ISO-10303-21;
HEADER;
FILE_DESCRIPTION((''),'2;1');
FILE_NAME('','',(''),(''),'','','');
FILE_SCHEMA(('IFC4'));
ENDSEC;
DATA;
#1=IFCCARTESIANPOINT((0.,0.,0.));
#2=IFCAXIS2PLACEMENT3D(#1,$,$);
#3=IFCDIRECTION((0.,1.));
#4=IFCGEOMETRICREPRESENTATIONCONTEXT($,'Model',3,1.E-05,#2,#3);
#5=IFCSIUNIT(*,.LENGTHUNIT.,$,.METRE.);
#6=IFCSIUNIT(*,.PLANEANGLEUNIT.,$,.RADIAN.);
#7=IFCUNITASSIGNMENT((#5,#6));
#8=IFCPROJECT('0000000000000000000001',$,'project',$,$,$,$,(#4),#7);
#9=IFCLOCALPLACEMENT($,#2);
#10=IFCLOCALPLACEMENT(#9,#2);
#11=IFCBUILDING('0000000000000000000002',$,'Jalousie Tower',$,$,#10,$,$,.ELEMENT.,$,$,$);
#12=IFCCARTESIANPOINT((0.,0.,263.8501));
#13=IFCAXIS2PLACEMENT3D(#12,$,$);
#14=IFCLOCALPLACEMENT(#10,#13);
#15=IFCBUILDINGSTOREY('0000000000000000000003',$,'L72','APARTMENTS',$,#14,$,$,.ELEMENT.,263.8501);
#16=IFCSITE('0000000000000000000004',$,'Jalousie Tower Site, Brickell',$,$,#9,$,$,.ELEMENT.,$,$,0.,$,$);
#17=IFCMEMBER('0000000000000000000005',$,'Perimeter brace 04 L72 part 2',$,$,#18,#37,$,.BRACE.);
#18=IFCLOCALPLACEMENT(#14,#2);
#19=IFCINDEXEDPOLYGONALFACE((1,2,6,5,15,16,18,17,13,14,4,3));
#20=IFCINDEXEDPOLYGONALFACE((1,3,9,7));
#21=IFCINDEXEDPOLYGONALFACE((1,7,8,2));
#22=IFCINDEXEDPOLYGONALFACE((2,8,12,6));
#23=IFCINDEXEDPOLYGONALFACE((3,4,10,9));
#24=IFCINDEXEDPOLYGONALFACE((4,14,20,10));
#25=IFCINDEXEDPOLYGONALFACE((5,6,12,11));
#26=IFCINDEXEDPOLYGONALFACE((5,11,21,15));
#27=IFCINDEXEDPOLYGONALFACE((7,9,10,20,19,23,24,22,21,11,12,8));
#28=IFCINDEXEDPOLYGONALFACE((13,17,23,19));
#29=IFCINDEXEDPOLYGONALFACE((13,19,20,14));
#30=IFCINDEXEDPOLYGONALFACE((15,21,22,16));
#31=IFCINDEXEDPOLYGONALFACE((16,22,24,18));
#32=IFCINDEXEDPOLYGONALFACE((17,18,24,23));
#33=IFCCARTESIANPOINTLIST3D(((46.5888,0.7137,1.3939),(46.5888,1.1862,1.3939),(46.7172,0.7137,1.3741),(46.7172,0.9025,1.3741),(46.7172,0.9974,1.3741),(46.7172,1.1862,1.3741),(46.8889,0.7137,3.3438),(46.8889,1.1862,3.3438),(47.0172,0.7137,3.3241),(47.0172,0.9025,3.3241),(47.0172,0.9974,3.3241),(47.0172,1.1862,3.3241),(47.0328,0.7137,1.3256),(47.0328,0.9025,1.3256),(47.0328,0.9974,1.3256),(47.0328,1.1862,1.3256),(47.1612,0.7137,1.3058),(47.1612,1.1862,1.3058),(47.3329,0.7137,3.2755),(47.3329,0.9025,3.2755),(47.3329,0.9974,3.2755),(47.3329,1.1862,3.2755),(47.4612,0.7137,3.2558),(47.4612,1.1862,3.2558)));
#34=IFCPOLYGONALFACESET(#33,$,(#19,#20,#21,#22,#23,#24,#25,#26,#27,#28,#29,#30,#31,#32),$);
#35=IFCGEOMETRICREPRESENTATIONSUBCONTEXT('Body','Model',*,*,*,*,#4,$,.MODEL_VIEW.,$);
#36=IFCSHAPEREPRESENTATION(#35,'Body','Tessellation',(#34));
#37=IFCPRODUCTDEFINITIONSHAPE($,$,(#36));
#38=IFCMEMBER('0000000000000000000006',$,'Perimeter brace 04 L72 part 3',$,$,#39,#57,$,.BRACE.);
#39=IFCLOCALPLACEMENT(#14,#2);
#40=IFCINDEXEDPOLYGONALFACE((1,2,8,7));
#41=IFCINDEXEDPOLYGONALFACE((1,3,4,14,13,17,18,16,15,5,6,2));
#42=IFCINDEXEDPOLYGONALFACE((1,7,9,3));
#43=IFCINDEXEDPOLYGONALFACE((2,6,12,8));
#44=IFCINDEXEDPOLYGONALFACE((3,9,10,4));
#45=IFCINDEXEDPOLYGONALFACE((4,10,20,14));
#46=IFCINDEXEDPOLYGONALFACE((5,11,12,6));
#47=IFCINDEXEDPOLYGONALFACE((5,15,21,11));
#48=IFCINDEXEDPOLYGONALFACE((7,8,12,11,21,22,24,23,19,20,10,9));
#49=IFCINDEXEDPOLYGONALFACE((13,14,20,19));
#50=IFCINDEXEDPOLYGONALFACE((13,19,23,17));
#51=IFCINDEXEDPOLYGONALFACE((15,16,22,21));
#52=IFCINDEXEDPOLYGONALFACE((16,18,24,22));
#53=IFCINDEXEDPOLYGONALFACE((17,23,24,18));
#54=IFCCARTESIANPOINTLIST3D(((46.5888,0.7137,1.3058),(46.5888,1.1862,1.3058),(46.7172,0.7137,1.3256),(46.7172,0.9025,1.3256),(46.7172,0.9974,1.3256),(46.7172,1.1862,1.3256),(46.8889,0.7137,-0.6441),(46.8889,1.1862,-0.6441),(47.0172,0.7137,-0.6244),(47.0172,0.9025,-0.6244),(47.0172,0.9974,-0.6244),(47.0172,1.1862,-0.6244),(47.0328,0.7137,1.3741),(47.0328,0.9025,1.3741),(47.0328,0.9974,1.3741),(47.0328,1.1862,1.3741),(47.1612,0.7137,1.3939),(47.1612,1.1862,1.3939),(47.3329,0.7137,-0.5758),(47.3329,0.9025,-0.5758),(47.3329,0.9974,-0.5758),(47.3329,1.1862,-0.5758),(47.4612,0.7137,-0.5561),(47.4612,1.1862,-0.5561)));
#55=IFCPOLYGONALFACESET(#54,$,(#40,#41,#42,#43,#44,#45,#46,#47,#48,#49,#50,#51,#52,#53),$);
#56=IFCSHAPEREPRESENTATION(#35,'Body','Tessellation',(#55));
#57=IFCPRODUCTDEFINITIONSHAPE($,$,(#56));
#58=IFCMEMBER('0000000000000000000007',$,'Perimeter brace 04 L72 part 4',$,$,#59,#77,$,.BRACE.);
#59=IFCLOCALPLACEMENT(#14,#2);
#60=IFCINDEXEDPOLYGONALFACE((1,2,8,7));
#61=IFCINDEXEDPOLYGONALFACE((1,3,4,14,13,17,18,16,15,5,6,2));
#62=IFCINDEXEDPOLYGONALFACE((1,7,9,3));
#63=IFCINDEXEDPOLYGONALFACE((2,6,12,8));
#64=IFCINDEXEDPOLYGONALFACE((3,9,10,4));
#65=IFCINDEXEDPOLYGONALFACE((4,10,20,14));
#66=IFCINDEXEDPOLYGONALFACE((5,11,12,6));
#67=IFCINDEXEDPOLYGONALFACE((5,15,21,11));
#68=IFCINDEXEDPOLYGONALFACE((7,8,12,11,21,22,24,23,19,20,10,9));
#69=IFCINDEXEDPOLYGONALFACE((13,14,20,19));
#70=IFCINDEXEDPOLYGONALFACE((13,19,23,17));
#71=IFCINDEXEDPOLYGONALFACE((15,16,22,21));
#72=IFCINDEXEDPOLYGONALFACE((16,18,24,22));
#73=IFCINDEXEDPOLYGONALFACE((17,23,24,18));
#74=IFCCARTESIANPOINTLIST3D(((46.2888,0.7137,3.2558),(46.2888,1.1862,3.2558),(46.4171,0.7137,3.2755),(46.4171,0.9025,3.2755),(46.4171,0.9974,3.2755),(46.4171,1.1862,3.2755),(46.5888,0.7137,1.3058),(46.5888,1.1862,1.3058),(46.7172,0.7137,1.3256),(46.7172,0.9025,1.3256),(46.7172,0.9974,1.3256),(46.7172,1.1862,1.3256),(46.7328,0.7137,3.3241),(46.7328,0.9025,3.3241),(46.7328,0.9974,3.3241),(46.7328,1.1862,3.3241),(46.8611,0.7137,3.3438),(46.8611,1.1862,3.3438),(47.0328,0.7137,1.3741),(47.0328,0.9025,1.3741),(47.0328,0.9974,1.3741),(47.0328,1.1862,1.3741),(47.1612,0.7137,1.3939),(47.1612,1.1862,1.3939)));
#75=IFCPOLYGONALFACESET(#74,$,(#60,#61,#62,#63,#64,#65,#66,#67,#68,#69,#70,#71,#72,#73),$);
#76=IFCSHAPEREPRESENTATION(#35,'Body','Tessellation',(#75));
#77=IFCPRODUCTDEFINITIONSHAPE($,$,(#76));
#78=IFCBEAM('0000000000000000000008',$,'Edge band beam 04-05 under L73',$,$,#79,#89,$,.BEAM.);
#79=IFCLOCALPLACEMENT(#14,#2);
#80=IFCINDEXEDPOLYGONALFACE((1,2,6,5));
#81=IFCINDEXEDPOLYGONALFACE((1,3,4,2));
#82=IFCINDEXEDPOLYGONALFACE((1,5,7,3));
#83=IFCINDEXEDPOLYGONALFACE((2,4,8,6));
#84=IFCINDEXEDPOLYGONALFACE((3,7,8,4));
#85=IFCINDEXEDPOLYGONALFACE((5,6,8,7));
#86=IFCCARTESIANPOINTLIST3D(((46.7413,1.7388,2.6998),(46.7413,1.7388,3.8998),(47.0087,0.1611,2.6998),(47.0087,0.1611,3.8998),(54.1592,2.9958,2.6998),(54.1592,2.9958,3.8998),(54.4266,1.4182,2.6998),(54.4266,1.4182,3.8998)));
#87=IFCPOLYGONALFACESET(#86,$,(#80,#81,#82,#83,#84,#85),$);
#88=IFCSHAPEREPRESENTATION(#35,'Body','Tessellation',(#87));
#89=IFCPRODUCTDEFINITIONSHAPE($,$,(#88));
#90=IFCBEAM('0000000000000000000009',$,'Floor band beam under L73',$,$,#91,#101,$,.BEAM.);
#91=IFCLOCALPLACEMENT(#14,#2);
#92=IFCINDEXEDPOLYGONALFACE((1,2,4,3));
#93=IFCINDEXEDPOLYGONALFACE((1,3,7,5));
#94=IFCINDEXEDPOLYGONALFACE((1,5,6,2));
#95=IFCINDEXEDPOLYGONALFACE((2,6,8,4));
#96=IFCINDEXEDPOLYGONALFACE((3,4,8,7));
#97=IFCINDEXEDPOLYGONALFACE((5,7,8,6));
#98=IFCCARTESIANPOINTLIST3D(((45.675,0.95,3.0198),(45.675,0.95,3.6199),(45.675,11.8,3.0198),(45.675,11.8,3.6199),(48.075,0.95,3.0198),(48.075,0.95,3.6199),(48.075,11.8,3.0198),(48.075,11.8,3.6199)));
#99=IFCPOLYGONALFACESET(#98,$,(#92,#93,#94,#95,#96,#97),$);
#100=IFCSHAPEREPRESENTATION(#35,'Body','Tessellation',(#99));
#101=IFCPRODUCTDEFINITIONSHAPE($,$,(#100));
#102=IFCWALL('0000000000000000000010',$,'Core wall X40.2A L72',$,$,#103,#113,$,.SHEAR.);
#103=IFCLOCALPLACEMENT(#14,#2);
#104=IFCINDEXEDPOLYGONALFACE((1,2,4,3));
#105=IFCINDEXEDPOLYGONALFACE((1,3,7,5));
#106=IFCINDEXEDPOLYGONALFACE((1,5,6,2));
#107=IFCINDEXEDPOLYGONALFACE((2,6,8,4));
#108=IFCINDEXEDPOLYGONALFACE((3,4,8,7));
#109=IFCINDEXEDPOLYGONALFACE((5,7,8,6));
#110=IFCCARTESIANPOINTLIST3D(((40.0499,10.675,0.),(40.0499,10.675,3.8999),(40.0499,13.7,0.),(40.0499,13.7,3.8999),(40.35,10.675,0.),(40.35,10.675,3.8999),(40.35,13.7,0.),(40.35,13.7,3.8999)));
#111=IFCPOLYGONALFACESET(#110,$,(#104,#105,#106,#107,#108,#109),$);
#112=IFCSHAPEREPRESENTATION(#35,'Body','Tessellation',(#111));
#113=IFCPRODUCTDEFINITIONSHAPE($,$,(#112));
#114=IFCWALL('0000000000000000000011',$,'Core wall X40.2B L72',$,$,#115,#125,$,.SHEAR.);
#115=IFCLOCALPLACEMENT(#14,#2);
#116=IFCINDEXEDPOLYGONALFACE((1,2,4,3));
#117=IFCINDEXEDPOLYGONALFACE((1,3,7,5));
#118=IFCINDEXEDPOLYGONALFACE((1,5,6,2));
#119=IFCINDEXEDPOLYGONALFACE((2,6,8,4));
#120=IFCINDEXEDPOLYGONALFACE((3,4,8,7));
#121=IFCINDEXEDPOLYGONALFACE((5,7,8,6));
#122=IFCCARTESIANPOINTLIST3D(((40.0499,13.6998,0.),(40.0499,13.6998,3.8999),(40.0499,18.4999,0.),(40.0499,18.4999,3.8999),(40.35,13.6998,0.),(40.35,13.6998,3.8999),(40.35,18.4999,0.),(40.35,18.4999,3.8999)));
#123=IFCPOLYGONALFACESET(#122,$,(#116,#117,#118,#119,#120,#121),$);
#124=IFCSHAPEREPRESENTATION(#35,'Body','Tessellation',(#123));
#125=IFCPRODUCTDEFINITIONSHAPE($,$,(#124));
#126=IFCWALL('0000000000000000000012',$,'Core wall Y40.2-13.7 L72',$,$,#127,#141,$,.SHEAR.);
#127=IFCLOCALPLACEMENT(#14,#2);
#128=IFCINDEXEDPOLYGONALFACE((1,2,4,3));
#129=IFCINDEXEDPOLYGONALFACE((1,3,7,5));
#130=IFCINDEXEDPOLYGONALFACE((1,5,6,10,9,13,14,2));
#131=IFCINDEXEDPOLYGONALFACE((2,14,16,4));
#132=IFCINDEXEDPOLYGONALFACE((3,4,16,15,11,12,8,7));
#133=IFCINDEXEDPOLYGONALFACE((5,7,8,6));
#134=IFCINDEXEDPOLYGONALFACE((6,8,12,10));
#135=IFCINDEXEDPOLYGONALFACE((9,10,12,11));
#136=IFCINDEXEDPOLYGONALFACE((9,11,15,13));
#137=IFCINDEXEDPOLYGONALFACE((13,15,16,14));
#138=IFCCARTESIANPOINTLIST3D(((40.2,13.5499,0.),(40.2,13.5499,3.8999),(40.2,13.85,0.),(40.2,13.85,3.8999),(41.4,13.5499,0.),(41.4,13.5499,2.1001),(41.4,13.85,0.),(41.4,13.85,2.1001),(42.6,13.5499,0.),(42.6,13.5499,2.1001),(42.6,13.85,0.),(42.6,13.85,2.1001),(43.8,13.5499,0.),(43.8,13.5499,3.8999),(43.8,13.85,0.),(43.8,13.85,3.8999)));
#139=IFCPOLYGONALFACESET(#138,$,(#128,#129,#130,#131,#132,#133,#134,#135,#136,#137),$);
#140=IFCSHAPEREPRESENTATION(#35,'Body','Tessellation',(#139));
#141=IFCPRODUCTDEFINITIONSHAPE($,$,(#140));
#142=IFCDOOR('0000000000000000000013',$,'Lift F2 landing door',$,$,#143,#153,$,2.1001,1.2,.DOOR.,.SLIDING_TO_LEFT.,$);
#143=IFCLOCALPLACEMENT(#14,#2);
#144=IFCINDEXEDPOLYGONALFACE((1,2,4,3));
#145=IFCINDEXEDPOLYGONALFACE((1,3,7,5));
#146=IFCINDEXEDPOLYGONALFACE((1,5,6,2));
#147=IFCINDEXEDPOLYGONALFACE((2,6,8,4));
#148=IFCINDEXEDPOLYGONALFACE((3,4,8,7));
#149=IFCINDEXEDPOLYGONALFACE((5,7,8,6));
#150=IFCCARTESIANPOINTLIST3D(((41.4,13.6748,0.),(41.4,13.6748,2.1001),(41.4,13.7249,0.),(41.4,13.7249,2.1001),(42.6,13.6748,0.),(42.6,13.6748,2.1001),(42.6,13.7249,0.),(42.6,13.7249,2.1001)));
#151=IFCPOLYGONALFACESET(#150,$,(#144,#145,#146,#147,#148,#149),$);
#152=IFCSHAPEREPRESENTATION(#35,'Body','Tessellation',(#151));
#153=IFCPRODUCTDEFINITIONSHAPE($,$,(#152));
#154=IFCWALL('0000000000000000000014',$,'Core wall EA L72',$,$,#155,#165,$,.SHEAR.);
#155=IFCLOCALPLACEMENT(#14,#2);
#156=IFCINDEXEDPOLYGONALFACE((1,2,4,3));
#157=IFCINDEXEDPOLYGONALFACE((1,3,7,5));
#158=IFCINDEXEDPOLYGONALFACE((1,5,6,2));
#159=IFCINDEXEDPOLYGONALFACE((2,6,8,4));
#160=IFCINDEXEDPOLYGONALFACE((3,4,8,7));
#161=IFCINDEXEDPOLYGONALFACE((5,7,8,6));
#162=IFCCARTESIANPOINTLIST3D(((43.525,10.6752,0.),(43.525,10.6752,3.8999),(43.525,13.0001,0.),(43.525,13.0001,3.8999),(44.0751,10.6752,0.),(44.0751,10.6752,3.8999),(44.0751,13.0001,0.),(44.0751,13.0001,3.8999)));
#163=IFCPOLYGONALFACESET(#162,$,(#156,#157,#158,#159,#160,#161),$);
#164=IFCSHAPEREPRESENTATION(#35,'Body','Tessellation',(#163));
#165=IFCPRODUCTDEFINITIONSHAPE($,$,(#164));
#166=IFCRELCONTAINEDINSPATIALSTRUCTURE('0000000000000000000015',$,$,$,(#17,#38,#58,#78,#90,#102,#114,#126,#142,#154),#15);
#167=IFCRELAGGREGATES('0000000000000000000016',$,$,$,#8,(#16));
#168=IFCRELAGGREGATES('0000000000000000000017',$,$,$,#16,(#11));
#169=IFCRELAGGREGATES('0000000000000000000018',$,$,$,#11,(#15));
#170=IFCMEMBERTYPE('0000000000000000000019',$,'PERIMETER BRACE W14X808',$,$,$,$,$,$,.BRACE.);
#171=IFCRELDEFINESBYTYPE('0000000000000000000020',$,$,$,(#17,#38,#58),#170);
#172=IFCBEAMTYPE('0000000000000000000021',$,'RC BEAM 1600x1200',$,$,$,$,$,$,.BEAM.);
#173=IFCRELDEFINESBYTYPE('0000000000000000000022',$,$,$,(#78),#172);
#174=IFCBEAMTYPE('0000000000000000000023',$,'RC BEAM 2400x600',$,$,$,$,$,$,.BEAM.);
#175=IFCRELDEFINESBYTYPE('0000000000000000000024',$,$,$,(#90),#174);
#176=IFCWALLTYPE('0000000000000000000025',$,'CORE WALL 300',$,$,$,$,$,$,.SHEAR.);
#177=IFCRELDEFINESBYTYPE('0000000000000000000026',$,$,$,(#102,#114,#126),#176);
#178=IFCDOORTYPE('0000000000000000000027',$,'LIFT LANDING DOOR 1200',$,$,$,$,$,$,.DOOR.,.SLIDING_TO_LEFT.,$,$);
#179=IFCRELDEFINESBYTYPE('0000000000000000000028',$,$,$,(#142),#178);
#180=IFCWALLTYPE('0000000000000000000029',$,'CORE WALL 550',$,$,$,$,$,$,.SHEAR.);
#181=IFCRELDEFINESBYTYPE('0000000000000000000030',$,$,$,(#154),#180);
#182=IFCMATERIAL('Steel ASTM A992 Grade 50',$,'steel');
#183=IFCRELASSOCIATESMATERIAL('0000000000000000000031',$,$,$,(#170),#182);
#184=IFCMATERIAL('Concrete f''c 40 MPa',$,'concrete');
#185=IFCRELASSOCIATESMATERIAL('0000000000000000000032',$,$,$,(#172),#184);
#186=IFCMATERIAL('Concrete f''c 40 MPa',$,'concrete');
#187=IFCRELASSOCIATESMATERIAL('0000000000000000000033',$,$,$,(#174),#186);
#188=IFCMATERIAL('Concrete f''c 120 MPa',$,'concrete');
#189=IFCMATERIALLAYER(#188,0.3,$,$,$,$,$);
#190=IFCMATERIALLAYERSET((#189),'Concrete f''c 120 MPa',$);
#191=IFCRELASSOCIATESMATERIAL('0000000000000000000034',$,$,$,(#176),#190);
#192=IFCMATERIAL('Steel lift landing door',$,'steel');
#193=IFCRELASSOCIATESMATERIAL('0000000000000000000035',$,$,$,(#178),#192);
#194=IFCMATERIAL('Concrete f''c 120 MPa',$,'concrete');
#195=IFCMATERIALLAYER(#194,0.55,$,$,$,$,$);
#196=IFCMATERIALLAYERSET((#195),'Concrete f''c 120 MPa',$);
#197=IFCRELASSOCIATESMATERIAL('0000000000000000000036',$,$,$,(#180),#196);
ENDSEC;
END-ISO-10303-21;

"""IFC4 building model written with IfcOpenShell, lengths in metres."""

from ifc_helpers import new_model, si_unit, direction, frame, frame_2d, origin, origin_2d, place, context, subcontext, project, spatial, rectangle, i_section, extrude, material, layer, layer_set, material_profile, profile_set, type_object, element, fill, save


model = new_model("IFC4")

# Units and contexts
model_context = context("Model", 3, precision=1e-05, world=origin(), true_north=direction((0.0, 1.0)))
body_context = subcontext(model_context, "Body", "Model", "MODEL_VIEW")
ifc_project = project(units=[si_unit("LENGTHUNIT", "METRE"), si_unit("PLANEANGLEUNIT", "RADIAN")], contexts=[model_context])

# Site, building, storey
site_placement = place(None, origin())
site = spatial("IfcSite", under=ifc_project, at=site_placement, Name="Jalousie Tower Site, Brickell", CompositionType="ELEMENT", RefElevation=0.0)
building_placement = place(site_placement, origin())
building = spatial("IfcBuilding", under=site, at=building_placement, Name="Jalousie Tower", CompositionType="ELEMENT")
storey_placement = place(building_placement, frame((0.0, 0.0, 263.8501)))
storey = spatial("IfcBuildingStorey", under=building, at=storey_placement, Name="L72", Description="APARTMENTS", CompositionType="ELEMENT", Elevation=263.8501)

# Members
ifc_material_1 = material(Name="Steel ASTM A992 Grade 50", Category="steel")
ifc_material_profile_1 = material_profile(ifc_material_1, i_section(OverallWidth=0.4724, OverallDepth=0.5791, WebThickness=0.095, FlangeThickness=0.1299, at=origin_2d()), Name="W14X808")
ifc_profile_set_1 = profile_set([ifc_material_profile_1], Name="Steel ASTM A992 Grade 50")
member_type = type_object("IfcMemberType", Name="PERIMETER BRACE W14X808", PredefinedType="BRACE", material=ifc_profile_set_1)
for number, where, z_axis, x_axis, name in (
    (1, (46.875, 0.95, 1.3499), (0.152085, 0.0, 0.988367), (0.0, 1.0, 0.0), "Perimeter brace 04 L72 part 2"),
    (2, (47.175, 0.95, -0.6001), (-0.152085, 0.0, 0.988367), (0.0, -1.0, 0.0), "Perimeter brace 04 L72 part 3"),
    (3, (46.875, 0.95, 1.3499), (-0.152085, 0.0, 0.988367), (0.0, -1.0, 0.0), "Perimeter brace 04 L72 part 4"),
):
    element("IfcMember", number, at=place(storey_placement, frame(where, z_axis=z_axis, x_axis=x_axis)), inside=storey, type_object=member_type, Name=name, PredefinedType="BRACE", context=body_context, shape_type="SweptSolid", body=[
        extrude(i_section(OverallWidth=0.4724, OverallDepth=0.5791, WebThickness=0.095, FlangeThickness=0.1299, at=origin_2d()), origin(), (0.0, 0.0, 1.0), 1.9729),
    ])

# Beams
ifc_material_2 = material(Name="Concrete f'c 40 MPa", Category="concrete")
ifc_material_profile_2 = material_profile(ifc_material_2, rectangle(XDim=1.6001, YDim=1.2, at=origin_2d()), Name="RC 1600x1200")
ifc_profile_set_2 = profile_set([ifc_material_profile_2], Name="Concrete f'c 40 MPa")
beam_type_1 = type_object("IfcBeamType", Name="RC BEAM 1600x1200", PredefinedType="BEAM", material=ifc_profile_set_2)
beam_1_placement = place(storey_placement, frame((46.875, 0.95, 3.2998), z_axis=(0.985943, 0.167082, 0.0), x_axis=(-0.167082, 0.985943, 0.0)))
element("IfcBeam", 4, at=beam_1_placement, inside=storey, type_object=beam_type_1, Name="Edge band beam 04-05 under L73", PredefinedType="BEAM", context=body_context, shape_type="SweptSolid", body=[
    extrude(rectangle(XDim=1.6001, YDim=1.2, at=origin_2d()), origin(), (0.0, 0.0, 1.0), 7.5237),
])
ifc_material_3 = material(Name="Concrete f'c 40 MPa", Category="concrete")
ifc_material_profile_3 = material_profile(ifc_material_3, rectangle(XDim=2.3999, YDim=0.6001, at=origin_2d()), Name="RC 2400x600")
ifc_profile_set_3 = profile_set([ifc_material_profile_3], Name="Concrete f'c 40 MPa")
beam_type_2 = type_object("IfcBeamType", Name="RC BEAM 2400x600", PredefinedType="BEAM", material=ifc_profile_set_3)
beam_2_placement = place(storey_placement, frame((46.875, 0.95, 3.3198), z_axis=(0.0, 1.0, 0.0), x_axis=(-1.0, 0.0, 0.0)))
element("IfcBeam", 5, at=beam_2_placement, inside=storey, type_object=beam_type_2, Name="Floor band beam under L73", PredefinedType="BEAM", context=body_context, shape_type="SweptSolid", body=[
    extrude(rectangle(XDim=2.3999, YDim=0.6001, at=origin_2d()), origin(), (0.0, 0.0, 1.0), 10.8501),
])

# Walls
ifc_material_4 = material(Name="Concrete f'c 120 MPa", Category="concrete")
ifc_layer_1 = layer(ifc_material_4, 0.3)
ifc_layer_set_1 = layer_set([ifc_layer_1], Name="Concrete f'c 120 MPa")
wall_type_1 = type_object("IfcWallType", Name="CORE WALL 300", PredefinedType="SHEAR", material=ifc_layer_set_1)
wall_1_placement = place(storey_placement, frame((40.2, 10.675, 0.0), z_axis=(0.0, 0.0, 1.0), x_axis=(0.0, 1.0, 0.0)))
element("IfcWall", 6, at=wall_1_placement, inside=storey, type_object=wall_type_1, Name="Core wall X40.2A L72", PredefinedType="SHEAR", context=body_context, shape_type="SweptSolid", body=[
    extrude(rectangle(XDim=3.0249, YDim=0.3, at=frame_2d((1.5125, 0.0))), origin(), (0.0, 0.0, 1.0), 3.8999),
])
wall_2_placement = place(storey_placement, frame((40.2, 13.7, 0.0), z_axis=(0.0, 0.0, 1.0), x_axis=(0.0, 1.0, 0.0)))
element("IfcWall", 7, at=wall_2_placement, inside=storey, type_object=wall_type_1, Name="Core wall X40.2B L72", PredefinedType="SHEAR", context=body_context, shape_type="SweptSolid", body=[
    extrude(rectangle(XDim=4.8, YDim=0.3, at=frame_2d((2.3999, 0.0))), origin(), (0.0, 0.0, 1.0), 3.8999),
])

# Wall, opening, door
wall_3_placement = place(storey_placement, frame((40.2, 13.7, 0.0), z_axis=(0.0, 0.0, 1.0), x_axis=(1.0, 0.0, 0.0)))
wall_3 = element("IfcWall", 8, at=wall_3_placement, inside=storey, type_object=wall_type_1, Name="Core wall Y40.2-13.7 L72", PredefinedType="SHEAR", context=body_context, shape_type="SweptSolid", body=[
    extrude(rectangle(XDim=3.6001, YDim=0.3, at=frame_2d((1.8, 0.0))), origin(), (0.0, 0.0, 1.0), 3.8999),
])
opening_1_placement = place(wall_3_placement, frame((1.2, 0.0, 0.0)))
opening_1 = element("IfcOpeningElement", 9, at=opening_1_placement, cuts=wall_3, PredefinedType="OPENING", context=body_context, shape_type="SweptSolid", body=[
    extrude(rectangle(XDim=1.2, YDim=2.1001, at=frame_2d((0.6001, 1.05))), frame((0.0, 0.1599, 0.0), z_axis=(0.0, -1.0, 0.0), x_axis=(1.0, 0.0, 0.0)), (0.0, 0.0, 1.0), 0.3201),
])
ifc_material_5 = material(Name="Steel lift landing door", Category="steel")
door_type_1 = type_object("IfcDoorType", Name="LIFT LANDING DOOR 1200", OperationType="SLIDING_TO_LEFT", PredefinedType="DOOR", material=ifc_material_5)
door_1_placement = place(opening_1_placement, origin())
door_1 = element("IfcDoor", 10, at=door_1_placement, inside=storey, type_object=door_type_1, Name="Lift F2 landing door", OperationType="SLIDING_TO_LEFT", OverallHeight=2.1001, OverallWidth=1.2, PredefinedType="DOOR", context=body_context, shape_type="SweptSolid", body=[
    extrude(rectangle(XDim=1.2, YDim=2.1001, at=frame_2d((0.6001, 1.05))), frame((0.0, 0.0249, 0.0), z_axis=(0.0, -1.0, 0.0), x_axis=(1.0, 0.0, 0.0)), (0.0, 0.0, 1.0), 0.05),
])
fill(opening_1, door_1)

# Wall
ifc_material_6 = material(Name="Concrete f'c 120 MPa", Category="concrete")
ifc_layer_2 = layer(ifc_material_6, 0.55)
ifc_layer_set_2 = layer_set([ifc_layer_2], Name="Concrete f'c 120 MPa")
wall_type_2 = type_object("IfcWallType", Name="CORE WALL 550", PredefinedType="SHEAR", material=ifc_layer_set_2)
wall_4_placement = place(storey_placement, frame((43.8, 10.675, 0.0), z_axis=(0.0, 0.0, 1.0), x_axis=(0.0, 1.0, 0.0)))
element("IfcWall", 11, at=wall_4_placement, inside=storey, type_object=wall_type_2, Name="Core wall EA L72", PredefinedType="SHEAR", context=body_context, shape_type="SweptSolid", body=[
    extrude(rectangle(XDim=2.325, YDim=0.55, at=frame_2d((1.1626, 0.0))), origin(), (0.0, 0.0, 1.0), 3.8999),
])

save(model, "model.ifc")
